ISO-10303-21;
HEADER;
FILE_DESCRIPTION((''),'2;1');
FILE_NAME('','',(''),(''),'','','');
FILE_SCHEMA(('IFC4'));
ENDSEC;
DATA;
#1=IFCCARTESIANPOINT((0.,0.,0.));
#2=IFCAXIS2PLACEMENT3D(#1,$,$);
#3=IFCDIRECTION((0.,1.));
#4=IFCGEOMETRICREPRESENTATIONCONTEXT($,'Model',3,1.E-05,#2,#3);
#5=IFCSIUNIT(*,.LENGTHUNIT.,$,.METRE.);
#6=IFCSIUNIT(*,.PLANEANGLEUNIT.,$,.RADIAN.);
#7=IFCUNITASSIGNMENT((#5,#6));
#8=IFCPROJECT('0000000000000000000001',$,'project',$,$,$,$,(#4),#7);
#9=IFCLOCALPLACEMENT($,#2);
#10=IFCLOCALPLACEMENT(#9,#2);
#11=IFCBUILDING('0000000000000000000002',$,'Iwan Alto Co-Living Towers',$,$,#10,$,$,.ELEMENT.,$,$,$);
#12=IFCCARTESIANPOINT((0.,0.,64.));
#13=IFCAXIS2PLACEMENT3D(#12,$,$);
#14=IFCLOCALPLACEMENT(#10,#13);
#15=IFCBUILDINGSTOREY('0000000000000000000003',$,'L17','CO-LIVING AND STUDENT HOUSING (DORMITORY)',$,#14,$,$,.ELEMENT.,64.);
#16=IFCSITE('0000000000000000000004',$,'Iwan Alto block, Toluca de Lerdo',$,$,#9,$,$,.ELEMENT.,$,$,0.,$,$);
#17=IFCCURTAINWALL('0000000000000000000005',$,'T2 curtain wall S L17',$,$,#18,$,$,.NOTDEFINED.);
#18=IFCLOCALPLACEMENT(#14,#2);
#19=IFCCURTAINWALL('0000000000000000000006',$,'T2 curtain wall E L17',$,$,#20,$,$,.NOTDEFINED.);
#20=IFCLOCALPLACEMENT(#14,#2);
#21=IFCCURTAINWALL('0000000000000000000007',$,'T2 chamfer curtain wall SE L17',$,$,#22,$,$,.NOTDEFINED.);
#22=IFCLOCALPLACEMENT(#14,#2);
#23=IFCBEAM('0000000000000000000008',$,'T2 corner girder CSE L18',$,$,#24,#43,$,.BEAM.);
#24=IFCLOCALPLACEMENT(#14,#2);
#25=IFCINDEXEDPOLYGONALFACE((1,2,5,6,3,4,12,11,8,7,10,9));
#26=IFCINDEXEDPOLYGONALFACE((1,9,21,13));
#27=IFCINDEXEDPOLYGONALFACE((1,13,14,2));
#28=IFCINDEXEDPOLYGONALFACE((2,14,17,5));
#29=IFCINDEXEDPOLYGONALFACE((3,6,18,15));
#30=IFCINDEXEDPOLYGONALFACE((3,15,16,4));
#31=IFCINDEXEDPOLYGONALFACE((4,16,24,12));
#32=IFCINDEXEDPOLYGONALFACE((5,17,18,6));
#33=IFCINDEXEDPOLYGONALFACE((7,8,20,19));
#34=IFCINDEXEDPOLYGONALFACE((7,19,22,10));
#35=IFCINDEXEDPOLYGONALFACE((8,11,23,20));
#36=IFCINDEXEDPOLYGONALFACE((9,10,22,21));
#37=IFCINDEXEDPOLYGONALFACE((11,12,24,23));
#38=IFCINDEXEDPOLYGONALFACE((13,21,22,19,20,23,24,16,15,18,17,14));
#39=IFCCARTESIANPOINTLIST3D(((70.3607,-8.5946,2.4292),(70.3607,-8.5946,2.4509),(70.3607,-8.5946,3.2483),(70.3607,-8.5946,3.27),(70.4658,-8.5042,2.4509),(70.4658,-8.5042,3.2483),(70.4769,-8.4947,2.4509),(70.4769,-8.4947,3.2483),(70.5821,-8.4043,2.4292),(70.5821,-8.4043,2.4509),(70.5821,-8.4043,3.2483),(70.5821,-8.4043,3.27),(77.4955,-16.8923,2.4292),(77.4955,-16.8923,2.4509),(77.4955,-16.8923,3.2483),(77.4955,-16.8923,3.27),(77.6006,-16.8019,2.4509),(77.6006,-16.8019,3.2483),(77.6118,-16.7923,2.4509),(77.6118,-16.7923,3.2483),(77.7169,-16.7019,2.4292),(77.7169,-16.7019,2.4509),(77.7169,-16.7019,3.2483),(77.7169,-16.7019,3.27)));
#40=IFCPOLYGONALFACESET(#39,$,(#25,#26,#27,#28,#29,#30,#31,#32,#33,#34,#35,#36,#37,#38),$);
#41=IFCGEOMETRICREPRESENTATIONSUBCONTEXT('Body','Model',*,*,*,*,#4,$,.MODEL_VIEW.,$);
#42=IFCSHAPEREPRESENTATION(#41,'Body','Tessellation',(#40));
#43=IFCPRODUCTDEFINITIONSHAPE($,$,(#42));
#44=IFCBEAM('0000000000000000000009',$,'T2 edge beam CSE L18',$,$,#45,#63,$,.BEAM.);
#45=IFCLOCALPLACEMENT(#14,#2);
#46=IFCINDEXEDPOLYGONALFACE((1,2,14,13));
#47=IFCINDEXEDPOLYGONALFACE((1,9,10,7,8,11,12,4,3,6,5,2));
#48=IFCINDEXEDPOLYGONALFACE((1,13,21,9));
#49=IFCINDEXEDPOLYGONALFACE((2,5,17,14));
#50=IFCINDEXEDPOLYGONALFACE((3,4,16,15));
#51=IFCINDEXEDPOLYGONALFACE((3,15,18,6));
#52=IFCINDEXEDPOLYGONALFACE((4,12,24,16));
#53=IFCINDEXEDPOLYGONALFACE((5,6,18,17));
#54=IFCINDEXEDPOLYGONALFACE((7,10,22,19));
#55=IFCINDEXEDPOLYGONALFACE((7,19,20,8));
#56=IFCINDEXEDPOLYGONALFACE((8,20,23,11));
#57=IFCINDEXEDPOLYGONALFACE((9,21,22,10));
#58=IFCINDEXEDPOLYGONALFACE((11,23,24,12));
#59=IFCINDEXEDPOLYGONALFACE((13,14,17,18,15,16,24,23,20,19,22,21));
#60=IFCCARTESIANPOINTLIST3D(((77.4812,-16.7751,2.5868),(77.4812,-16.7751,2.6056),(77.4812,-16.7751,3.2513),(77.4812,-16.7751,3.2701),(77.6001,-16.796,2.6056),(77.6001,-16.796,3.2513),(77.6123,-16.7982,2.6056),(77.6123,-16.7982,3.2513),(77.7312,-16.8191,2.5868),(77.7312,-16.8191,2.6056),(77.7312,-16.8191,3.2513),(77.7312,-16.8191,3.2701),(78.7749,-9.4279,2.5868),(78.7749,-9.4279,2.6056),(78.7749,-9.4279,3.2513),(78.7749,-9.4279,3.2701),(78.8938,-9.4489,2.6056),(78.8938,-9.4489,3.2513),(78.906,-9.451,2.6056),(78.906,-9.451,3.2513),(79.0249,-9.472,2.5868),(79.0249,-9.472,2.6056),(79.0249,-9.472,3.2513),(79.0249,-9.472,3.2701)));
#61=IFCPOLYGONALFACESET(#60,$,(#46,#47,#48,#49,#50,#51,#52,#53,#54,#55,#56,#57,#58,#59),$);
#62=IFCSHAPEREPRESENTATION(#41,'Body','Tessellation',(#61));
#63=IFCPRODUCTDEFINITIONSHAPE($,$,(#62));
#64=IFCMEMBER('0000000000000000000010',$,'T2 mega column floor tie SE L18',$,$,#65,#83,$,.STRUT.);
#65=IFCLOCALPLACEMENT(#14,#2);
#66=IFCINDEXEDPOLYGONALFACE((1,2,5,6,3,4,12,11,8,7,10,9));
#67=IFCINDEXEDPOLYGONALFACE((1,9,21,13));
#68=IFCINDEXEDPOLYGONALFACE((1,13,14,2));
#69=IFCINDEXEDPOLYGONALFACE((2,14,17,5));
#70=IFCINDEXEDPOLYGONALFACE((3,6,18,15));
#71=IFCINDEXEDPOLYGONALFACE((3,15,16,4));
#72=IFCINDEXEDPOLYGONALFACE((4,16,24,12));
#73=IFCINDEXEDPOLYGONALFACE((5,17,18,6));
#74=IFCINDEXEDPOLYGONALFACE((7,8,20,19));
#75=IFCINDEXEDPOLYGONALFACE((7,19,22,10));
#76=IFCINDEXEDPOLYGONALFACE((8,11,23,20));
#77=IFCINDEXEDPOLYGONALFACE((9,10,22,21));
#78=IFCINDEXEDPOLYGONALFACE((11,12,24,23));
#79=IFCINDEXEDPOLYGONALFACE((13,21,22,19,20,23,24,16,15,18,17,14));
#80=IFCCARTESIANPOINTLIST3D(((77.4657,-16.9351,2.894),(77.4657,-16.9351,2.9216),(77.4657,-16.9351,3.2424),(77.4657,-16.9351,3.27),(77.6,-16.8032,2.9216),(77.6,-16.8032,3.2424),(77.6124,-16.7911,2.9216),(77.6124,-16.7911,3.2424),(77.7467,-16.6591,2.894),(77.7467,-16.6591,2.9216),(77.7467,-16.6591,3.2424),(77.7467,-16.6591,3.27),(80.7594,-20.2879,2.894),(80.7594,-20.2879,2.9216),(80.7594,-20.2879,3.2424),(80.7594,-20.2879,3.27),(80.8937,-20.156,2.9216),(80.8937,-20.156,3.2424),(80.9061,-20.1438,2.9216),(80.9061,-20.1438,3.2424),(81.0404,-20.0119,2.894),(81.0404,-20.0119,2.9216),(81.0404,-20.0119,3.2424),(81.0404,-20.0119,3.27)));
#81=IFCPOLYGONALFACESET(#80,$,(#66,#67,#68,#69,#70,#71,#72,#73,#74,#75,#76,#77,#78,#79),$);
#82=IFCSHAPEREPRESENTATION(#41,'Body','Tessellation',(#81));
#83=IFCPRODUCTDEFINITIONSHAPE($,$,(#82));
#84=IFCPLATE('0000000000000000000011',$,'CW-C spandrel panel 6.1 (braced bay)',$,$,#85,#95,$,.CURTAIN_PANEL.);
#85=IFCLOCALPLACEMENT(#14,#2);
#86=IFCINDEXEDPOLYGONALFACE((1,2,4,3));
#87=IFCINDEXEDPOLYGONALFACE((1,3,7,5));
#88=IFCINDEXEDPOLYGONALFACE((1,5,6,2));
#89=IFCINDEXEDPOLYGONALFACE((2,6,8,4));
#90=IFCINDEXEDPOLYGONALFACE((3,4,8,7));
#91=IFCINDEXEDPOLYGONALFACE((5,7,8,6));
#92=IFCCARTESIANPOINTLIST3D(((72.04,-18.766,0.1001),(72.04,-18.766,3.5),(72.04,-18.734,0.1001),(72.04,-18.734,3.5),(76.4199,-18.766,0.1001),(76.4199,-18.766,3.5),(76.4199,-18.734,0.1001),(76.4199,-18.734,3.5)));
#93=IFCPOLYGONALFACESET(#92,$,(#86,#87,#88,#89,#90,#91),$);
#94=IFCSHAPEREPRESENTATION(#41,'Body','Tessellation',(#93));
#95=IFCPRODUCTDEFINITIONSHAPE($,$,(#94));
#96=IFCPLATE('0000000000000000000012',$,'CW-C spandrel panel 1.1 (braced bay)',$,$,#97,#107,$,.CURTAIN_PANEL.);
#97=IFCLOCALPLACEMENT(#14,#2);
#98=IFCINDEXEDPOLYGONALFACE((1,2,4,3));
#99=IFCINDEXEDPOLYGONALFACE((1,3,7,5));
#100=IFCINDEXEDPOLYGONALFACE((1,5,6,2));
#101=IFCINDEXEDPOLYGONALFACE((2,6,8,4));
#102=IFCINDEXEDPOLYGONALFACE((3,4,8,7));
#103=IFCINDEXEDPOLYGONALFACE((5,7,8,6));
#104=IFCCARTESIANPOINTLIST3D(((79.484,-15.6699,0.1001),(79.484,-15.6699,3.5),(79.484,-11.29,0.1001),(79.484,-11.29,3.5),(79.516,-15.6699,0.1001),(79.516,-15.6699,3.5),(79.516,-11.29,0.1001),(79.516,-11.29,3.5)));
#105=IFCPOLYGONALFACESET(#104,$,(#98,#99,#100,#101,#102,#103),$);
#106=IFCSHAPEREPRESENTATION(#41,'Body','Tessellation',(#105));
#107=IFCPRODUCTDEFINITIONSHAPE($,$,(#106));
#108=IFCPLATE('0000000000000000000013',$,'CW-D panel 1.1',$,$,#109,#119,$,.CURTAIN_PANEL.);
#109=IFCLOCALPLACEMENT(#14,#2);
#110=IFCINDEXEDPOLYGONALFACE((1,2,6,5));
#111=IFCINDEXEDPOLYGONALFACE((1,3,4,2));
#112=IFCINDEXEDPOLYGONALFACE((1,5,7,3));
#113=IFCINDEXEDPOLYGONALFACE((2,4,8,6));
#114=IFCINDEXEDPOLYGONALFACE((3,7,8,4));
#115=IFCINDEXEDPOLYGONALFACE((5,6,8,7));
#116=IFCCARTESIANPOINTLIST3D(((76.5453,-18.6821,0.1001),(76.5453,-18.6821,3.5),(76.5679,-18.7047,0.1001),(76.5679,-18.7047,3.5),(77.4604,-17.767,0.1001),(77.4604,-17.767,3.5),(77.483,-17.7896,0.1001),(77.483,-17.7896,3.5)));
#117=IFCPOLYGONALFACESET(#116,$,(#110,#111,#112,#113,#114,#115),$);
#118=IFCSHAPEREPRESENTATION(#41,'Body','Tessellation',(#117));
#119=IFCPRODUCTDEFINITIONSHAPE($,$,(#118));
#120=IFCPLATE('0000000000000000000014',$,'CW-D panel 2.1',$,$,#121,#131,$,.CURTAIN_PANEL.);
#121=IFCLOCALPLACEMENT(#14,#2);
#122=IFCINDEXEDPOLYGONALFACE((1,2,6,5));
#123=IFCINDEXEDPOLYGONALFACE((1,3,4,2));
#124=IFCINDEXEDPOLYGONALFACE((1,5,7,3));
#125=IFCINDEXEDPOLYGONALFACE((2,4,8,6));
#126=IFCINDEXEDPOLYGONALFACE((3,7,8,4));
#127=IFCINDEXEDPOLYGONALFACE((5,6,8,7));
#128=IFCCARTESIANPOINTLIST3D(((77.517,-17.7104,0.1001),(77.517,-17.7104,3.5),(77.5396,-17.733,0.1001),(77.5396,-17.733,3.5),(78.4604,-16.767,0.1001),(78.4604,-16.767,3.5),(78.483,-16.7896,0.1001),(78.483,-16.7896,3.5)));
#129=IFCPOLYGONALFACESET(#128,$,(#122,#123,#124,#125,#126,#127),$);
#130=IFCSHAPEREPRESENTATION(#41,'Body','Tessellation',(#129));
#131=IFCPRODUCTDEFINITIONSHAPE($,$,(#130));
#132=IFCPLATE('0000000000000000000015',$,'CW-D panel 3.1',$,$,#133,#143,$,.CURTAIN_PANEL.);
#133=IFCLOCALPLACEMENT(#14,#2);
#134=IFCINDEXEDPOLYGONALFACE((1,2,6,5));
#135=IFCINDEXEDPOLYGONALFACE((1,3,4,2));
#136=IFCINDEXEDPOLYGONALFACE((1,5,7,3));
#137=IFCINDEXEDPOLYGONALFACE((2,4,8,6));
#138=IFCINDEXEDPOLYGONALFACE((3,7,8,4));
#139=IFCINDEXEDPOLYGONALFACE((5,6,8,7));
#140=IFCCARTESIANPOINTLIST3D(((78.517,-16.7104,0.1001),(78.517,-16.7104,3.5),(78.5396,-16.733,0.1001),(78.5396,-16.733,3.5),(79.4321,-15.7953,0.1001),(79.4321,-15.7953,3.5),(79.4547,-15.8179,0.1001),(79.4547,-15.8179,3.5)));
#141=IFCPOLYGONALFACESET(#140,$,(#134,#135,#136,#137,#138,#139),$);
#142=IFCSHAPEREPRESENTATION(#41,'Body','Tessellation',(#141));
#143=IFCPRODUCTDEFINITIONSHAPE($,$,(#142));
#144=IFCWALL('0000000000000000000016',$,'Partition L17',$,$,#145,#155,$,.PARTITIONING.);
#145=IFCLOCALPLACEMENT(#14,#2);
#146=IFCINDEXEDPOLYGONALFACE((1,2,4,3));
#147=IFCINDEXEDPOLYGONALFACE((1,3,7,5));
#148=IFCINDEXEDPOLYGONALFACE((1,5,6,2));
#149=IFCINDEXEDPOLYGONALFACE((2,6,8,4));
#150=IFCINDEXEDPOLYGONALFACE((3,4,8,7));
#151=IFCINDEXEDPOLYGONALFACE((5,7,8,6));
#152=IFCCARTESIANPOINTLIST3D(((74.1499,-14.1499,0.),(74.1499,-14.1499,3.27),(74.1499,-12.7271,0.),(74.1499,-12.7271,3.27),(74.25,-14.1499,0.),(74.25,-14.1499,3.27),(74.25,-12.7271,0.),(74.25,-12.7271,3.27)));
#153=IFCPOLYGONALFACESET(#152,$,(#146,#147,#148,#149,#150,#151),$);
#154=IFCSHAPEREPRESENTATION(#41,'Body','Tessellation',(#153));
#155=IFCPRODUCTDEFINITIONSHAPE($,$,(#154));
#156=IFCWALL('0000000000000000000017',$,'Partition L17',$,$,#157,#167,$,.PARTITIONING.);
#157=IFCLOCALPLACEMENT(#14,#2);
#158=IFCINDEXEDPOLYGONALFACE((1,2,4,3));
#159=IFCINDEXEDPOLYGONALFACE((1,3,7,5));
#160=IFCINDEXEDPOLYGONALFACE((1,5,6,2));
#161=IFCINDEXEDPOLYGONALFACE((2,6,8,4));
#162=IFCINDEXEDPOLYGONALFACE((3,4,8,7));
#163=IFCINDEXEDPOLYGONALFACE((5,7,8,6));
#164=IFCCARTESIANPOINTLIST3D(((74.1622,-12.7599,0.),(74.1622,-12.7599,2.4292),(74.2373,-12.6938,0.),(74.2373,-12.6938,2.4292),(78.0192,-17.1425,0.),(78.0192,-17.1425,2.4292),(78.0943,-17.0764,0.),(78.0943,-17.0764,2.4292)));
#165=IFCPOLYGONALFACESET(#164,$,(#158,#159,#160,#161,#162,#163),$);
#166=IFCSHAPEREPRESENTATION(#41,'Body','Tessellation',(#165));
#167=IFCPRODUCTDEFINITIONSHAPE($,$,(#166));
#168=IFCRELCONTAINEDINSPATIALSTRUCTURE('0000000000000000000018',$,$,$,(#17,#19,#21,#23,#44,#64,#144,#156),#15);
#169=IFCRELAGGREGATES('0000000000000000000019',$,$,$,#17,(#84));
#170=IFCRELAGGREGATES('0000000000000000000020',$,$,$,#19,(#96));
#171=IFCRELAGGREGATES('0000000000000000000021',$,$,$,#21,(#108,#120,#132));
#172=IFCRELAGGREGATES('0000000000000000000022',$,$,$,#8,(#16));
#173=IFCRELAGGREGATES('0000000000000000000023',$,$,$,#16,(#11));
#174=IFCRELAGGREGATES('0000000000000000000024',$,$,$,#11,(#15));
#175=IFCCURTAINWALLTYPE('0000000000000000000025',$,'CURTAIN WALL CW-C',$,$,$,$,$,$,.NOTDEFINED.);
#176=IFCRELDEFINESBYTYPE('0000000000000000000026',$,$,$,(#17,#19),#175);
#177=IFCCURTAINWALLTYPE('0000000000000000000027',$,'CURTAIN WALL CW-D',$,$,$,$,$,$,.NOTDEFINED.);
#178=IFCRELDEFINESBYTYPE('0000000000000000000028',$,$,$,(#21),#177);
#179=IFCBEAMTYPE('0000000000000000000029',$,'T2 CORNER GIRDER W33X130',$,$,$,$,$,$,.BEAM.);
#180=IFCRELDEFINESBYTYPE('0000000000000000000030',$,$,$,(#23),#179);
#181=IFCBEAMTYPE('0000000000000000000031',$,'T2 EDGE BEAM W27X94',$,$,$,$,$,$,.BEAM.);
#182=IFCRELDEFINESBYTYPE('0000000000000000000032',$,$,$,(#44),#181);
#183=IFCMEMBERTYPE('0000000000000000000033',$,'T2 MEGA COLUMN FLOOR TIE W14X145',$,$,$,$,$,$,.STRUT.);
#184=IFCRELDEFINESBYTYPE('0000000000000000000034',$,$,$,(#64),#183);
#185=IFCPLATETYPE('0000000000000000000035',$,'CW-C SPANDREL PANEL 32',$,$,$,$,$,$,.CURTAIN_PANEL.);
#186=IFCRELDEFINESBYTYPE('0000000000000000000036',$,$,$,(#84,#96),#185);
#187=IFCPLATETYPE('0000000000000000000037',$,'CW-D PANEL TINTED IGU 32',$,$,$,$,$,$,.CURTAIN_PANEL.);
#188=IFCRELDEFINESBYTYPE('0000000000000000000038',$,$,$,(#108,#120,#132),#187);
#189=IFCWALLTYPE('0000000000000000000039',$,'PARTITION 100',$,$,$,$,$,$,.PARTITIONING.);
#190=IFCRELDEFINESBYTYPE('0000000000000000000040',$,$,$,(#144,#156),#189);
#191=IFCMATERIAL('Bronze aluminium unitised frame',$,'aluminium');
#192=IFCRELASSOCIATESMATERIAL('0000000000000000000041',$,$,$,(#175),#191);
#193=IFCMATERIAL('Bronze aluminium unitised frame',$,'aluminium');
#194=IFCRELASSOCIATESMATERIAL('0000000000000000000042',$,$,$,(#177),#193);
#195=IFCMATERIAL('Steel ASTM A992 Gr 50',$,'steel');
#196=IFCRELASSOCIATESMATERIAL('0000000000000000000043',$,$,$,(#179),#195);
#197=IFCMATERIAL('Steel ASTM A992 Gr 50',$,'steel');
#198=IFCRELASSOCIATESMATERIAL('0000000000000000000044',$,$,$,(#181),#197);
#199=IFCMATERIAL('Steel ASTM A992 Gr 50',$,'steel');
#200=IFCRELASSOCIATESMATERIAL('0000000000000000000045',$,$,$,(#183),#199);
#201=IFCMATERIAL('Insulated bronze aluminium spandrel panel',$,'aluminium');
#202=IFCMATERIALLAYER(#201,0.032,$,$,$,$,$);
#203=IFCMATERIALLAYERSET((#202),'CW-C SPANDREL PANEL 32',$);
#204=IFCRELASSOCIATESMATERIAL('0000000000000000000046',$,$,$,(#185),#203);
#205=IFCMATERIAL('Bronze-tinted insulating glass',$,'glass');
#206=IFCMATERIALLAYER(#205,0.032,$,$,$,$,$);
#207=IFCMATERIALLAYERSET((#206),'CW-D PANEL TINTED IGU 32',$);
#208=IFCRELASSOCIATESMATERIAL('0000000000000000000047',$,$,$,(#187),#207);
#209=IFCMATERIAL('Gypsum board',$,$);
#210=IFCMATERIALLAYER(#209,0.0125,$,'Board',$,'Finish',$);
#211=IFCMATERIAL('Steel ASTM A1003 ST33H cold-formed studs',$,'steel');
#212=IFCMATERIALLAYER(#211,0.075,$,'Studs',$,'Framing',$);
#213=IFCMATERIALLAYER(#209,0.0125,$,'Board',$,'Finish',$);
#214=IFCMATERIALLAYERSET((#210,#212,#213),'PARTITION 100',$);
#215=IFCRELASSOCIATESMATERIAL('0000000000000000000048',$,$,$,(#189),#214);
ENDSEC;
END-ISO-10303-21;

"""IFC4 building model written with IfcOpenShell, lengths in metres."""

from ifc_helpers import new_model, si_unit, direction, frame, frame_2d, origin, origin_2d, place, context, subcontext, project, spatial, rectangle, i_section, extrude, material, layer, layer_set, material_profile, profile_set, type_object, element, aggregate, save


model = new_model("IFC4")

# Units and contexts
model_context = context("Model", 3, precision=1e-05, world=origin(), true_north=direction((0.0, 1.0)))
body_context = subcontext(model_context, "Body", "Model", "MODEL_VIEW")
ifc_project = project(units=[si_unit("LENGTHUNIT", "METRE"), si_unit("PLANEANGLEUNIT", "RADIAN")], contexts=[model_context])

# Site, building, storey
site_placement = place(None, origin())
site = spatial("IfcSite", under=ifc_project, at=site_placement, Name="Iwan Alto block, Toluca de Lerdo", CompositionType="ELEMENT", RefElevation=0.0)
building_placement = place(site_placement, origin())
building = spatial("IfcBuilding", under=site, at=building_placement, Name="Iwan Alto Co-Living Towers", CompositionType="ELEMENT")
storey_placement = place(building_placement, frame((0.0, 0.0, 64.0)))
storey = spatial("IfcBuildingStorey", under=building, at=storey_placement, Name="L17", Description="CO-LIVING AND STUDENT HOUSING (DORMITORY)", CompositionType="ELEMENT", Elevation=64.0)

# Curtain wall
ifc_material_1 = material(Name="Bronze aluminium unitised frame", Category="aluminium")
curtain_wall_type_1 = type_object("IfcCurtainWallType", Name="CURTAIN WALL CW-C", PredefinedType="NOTDEFINED", material=ifc_material_1)
curtain_wall_1_placement = place(storey_placement, origin())
curtain_wall_1 = element("IfcCurtainWall", 1, at=curtain_wall_1_placement, inside=storey, type_object=curtain_wall_type_1, Name="T2 curtain wall S L17", PredefinedType="NOTDEFINED")

# Curtain walls
curtain_wall_2_placement = place(storey_placement, origin())
curtain_wall_2 = element("IfcCurtainWall", 2, at=curtain_wall_2_placement, inside=storey, type_object=curtain_wall_type_1, Name="T2 curtain wall E L17", PredefinedType="NOTDEFINED")
ifc_material_2 = material(Name="Bronze aluminium unitised frame", Category="aluminium")
curtain_wall_type_2 = type_object("IfcCurtainWallType", Name="CURTAIN WALL CW-D", PredefinedType="NOTDEFINED", material=ifc_material_2)
curtain_wall_3_placement = place(storey_placement, origin())
curtain_wall_3 = element("IfcCurtainWall", 3, at=curtain_wall_3_placement, inside=storey, type_object=curtain_wall_type_2, Name="T2 chamfer curtain wall SE L17", PredefinedType="NOTDEFINED")

# Beams
ifc_material_3 = material(Name="Steel ASTM A992 Gr 50", Category="steel")
ifc_material_profile_1 = material_profile(ifc_material_3, i_section(OverallWidth=0.292, OverallDepth=0.8408, WebThickness=0.0146, FlangeThickness=0.0217, at=origin_2d()), Name="W33X130")
ifc_profile_set_1 = profile_set([ifc_material_profile_1], Name="Steel ASTM A992 Gr 50")
beam_type_1 = type_object("IfcBeamType", Name="T2 CORNER GIRDER W33X130", PredefinedType="BEAM", material=ifc_profile_set_1)
beam_1_placement = place(storey_placement, frame((77.6062, -16.7971, 2.8496), z_axis=(-0.651977, 0.758238, 0.0), x_axis=(-0.758238, -0.651977, 0.0)))
element("IfcBeam", 4, at=beam_1_placement, inside=storey, type_object=beam_type_1, Name="T2 corner girder CSE L18", PredefinedType="BEAM", context=body_context, shape_type="SweptSolid", body=[
    extrude(i_section(OverallWidth=0.292, OverallDepth=0.8408, WebThickness=0.0146, FlangeThickness=0.0217, at=origin_2d()), origin(), (0.0, 0.0, 1.0), 10.9434),
])
ifc_material_4 = material(Name="Steel ASTM A992 Gr 50", Category="steel")
ifc_material_profile_2 = material_profile(ifc_material_4, i_section(OverallWidth=0.2539, OverallDepth=0.6833, WebThickness=0.0125, FlangeThickness=0.0188, at=origin_2d()), Name="W27X94")
ifc_profile_set_2 = profile_set([ifc_material_profile_2], Name="Steel ASTM A992 Gr 50")
beam_type_2 = type_object("IfcBeamType", Name="T2 EDGE BEAM W27X94", PredefinedType="BEAM", material=ifc_profile_set_2)
beam_2_placement = place(storey_placement, frame((77.6062, -16.7971, 2.9285), z_axis=(0.173414, 0.984849, 0.0), x_axis=(-0.984849, 0.173414, 0.0)))
element("IfcBeam", 5, at=beam_2_placement, inside=storey, type_object=beam_type_2, Name="T2 edge beam CSE L18", PredefinedType="BEAM", context=body_context, shape_type="SweptSolid", body=[
    extrude(i_section(OverallWidth=0.2539, OverallDepth=0.6833, WebThickness=0.0125, FlangeThickness=0.0188, at=origin_2d()), origin(), (0.0, 0.0, 1.0), 7.4602),
])

# Member
ifc_material_5 = material(Name="Steel ASTM A992 Gr 50", Category="steel")
ifc_material_profile_3 = material_profile(ifc_material_5, i_section(OverallWidth=0.3938, OverallDepth=0.376, WebThickness=0.0173, FlangeThickness=0.0276, at=origin_2d()), Name="W14X145")
ifc_profile_set_3 = profile_set([ifc_material_profile_3], Name="Steel ASTM A992 Gr 50")
member_type_1 = type_object("IfcMemberType", Name="T2 MEGA COLUMN FLOOR TIE W14X145", PredefinedType="STRUT", material=ifc_profile_set_3)
member_1_placement = place(storey_placement, frame((80.8999, -20.1499, 3.082), z_axis=(-0.700793, 0.713364, 0.0), x_axis=(-0.713364, -0.700793, 0.0)))
element("IfcMember", 6, at=member_1_placement, inside=storey, type_object=member_type_1, Name="T2 mega column floor tie SE L18", PredefinedType="STRUT", context=body_context, shape_type="SweptSolid", body=[
    extrude(i_section(OverallWidth=0.3938, OverallDepth=0.376, WebThickness=0.0173, FlangeThickness=0.0276, at=origin_2d()), origin(), (0.0, 0.0, 1.0), 4.7),
])

# Plates
ifc_material_6 = material(Name="Insulated bronze aluminium spandrel panel", Category="aluminium")
ifc_layer_1 = layer(ifc_material_6, 0.032)
ifc_layer_set_1 = layer_set([ifc_layer_1], Name="CW-C SPANDREL PANEL 32")
plate_type_1 = type_object("IfcPlateType", Name="CW-C SPANDREL PANEL 32", PredefinedType="CURTAIN_PANEL", material=ifc_layer_set_1)
plate_1_placement = place(storey_placement, frame((74.23, -18.75, 0.1001), z_axis=(0.0, 0.0, 1.0), x_axis=(1.0, 0.0, 0.0)))
plate_1 = element("IfcPlate", 7, at=plate_1_placement, type_object=plate_type_1, Name="CW-C spandrel panel 6.1 (braced bay)", PredefinedType="CURTAIN_PANEL", context=body_context, shape_type="SweptSolid", body=[
    extrude(rectangle(XDim=4.3799, YDim=0.032, at=origin_2d()), origin(), (0.0, 0.0, 1.0), 3.3999),
])
aggregate(curtain_wall_1, [plate_1])
plate_2_placement = place(storey_placement, frame((79.5, -13.48, 0.1001), z_axis=(0.0, 0.0, 1.0), x_axis=(0.0, 1.0, 0.0)))
plate_2 = element("IfcPlate", 8, at=plate_2_placement, type_object=plate_type_1, Name="CW-C spandrel panel 1.1 (braced bay)", PredefinedType="CURTAIN_PANEL", context=body_context, shape_type="SweptSolid", body=[
    extrude(rectangle(XDim=4.3799, YDim=0.032, at=origin_2d()), origin(), (0.0, 0.0, 1.0), 3.3999),
])
aggregate(curtain_wall_2, [plate_2])
ifc_material_7 = material(Name="Bronze-tinted insulating glass", Category="glass")
ifc_layer_2 = layer(ifc_material_7, 0.032)
ifc_layer_set_2 = layer_set([ifc_layer_2], Name="CW-D PANEL TINTED IGU 32")
plate_type_2 = type_object("IfcPlateType", Name="CW-D PANEL TINTED IGU 32", PredefinedType="CURTAIN_PANEL", material=ifc_layer_set_2)
plate_3_placement = place(storey_placement, frame((77.0142, -18.2358, 0.1001), z_axis=(0.0, 0.0, 1.0), x_axis=(0.707107, 0.707107, 0.0)))
plate_3 = element("IfcPlate", 9, at=plate_3_placement, type_object=plate_type_2, Name="CW-D panel 1.1", PredefinedType="CURTAIN_PANEL", context=body_context, shape_type="SweptSolid", body=[
    extrude(rectangle(XDim=1.2942, YDim=0.032, at=origin_2d()), origin(), (0.0, 0.0, 1.0), 3.3999),
])
plate_4_placement = place(storey_placement, frame((78.0, -17.25, 0.1001), z_axis=(0.0, 0.0, 1.0), x_axis=(0.707107, 0.707107, 0.0)))
plate_4 = element("IfcPlate", 10, at=plate_4_placement, type_object=plate_type_2, Name="CW-D panel 2.1", PredefinedType="CURTAIN_PANEL", context=body_context, shape_type="SweptSolid", body=[
    extrude(rectangle(XDim=1.3342, YDim=0.032, at=origin_2d()), origin(), (0.0, 0.0, 1.0), 3.3999),
])
plate_5_placement = place(storey_placement, frame((78.9858, -16.2642, 0.1001), z_axis=(0.0, 0.0, 1.0), x_axis=(0.707107, 0.707107, 0.0)))
plate_5 = element("IfcPlate", 11, at=plate_5_placement, type_object=plate_type_2, Name="CW-D panel 3.1", PredefinedType="CURTAIN_PANEL", context=body_context, shape_type="SweptSolid", body=[
    extrude(rectangle(XDim=1.2942, YDim=0.032, at=origin_2d()), origin(), (0.0, 0.0, 1.0), 3.3999),
])
aggregate(curtain_wall_3, [plate_3, plate_4, plate_5])

# Walls
ifc_material_8 = material(Name="Gypsum board")
ifc_layer_3 = layer(ifc_material_8, 0.0125, Name="Board", Category="Finish")
ifc_material_9 = material(Name="Steel ASTM A1003 ST33H cold-formed studs", Category="steel")
ifc_layer_4 = layer(ifc_material_9, 0.075, Name="Studs", Category="Framing")
ifc_layer_5 = layer(ifc_material_8, 0.0125, Name="Board", Category="Finish")
ifc_layer_set_3 = layer_set([ifc_layer_3, ifc_layer_4, ifc_layer_5], Name="PARTITION 100")
wall_type = type_object("IfcWallType", Name="PARTITION 100", PredefinedType="PARTITIONING", material=ifc_layer_set_3)
wall_1_placement = place(storey_placement, frame((74.2, -14.1499, 0.0), z_axis=(0.0, 0.0, 1.0), x_axis=(0.0, 1.0, 0.0)))
element("IfcWall", 12, at=wall_1_placement, inside=storey, type_object=wall_type, Name="Partition L17", PredefinedType="PARTITIONING", context=body_context, shape_type="SweptSolid", body=[
    extrude(rectangle(XDim=1.4229, YDim=0.1001, at=frame_2d((0.7114, 0.0))), origin(), (0.0, 0.0, 1.0), 3.27),
])
wall_2_placement = place(storey_placement, frame((78.0566, -17.1094, 0.0), z_axis=(0.0, 0.0, 1.0), x_axis=(-0.660654, 0.75069, 0.0)))
element("IfcWall", 13, at=wall_2_placement, inside=storey, type_object=wall_type, Name="Partition L17", PredefinedType="PARTITIONING", context=body_context, shape_type="SweptSolid", body=[
    extrude(rectangle(XDim=5.8381, YDim=0.1001, at=frame_2d((2.9189, 0.0))), origin(), (0.0, 0.0, 1.0), 2.4292),
])

save(model, "model.ifc")
